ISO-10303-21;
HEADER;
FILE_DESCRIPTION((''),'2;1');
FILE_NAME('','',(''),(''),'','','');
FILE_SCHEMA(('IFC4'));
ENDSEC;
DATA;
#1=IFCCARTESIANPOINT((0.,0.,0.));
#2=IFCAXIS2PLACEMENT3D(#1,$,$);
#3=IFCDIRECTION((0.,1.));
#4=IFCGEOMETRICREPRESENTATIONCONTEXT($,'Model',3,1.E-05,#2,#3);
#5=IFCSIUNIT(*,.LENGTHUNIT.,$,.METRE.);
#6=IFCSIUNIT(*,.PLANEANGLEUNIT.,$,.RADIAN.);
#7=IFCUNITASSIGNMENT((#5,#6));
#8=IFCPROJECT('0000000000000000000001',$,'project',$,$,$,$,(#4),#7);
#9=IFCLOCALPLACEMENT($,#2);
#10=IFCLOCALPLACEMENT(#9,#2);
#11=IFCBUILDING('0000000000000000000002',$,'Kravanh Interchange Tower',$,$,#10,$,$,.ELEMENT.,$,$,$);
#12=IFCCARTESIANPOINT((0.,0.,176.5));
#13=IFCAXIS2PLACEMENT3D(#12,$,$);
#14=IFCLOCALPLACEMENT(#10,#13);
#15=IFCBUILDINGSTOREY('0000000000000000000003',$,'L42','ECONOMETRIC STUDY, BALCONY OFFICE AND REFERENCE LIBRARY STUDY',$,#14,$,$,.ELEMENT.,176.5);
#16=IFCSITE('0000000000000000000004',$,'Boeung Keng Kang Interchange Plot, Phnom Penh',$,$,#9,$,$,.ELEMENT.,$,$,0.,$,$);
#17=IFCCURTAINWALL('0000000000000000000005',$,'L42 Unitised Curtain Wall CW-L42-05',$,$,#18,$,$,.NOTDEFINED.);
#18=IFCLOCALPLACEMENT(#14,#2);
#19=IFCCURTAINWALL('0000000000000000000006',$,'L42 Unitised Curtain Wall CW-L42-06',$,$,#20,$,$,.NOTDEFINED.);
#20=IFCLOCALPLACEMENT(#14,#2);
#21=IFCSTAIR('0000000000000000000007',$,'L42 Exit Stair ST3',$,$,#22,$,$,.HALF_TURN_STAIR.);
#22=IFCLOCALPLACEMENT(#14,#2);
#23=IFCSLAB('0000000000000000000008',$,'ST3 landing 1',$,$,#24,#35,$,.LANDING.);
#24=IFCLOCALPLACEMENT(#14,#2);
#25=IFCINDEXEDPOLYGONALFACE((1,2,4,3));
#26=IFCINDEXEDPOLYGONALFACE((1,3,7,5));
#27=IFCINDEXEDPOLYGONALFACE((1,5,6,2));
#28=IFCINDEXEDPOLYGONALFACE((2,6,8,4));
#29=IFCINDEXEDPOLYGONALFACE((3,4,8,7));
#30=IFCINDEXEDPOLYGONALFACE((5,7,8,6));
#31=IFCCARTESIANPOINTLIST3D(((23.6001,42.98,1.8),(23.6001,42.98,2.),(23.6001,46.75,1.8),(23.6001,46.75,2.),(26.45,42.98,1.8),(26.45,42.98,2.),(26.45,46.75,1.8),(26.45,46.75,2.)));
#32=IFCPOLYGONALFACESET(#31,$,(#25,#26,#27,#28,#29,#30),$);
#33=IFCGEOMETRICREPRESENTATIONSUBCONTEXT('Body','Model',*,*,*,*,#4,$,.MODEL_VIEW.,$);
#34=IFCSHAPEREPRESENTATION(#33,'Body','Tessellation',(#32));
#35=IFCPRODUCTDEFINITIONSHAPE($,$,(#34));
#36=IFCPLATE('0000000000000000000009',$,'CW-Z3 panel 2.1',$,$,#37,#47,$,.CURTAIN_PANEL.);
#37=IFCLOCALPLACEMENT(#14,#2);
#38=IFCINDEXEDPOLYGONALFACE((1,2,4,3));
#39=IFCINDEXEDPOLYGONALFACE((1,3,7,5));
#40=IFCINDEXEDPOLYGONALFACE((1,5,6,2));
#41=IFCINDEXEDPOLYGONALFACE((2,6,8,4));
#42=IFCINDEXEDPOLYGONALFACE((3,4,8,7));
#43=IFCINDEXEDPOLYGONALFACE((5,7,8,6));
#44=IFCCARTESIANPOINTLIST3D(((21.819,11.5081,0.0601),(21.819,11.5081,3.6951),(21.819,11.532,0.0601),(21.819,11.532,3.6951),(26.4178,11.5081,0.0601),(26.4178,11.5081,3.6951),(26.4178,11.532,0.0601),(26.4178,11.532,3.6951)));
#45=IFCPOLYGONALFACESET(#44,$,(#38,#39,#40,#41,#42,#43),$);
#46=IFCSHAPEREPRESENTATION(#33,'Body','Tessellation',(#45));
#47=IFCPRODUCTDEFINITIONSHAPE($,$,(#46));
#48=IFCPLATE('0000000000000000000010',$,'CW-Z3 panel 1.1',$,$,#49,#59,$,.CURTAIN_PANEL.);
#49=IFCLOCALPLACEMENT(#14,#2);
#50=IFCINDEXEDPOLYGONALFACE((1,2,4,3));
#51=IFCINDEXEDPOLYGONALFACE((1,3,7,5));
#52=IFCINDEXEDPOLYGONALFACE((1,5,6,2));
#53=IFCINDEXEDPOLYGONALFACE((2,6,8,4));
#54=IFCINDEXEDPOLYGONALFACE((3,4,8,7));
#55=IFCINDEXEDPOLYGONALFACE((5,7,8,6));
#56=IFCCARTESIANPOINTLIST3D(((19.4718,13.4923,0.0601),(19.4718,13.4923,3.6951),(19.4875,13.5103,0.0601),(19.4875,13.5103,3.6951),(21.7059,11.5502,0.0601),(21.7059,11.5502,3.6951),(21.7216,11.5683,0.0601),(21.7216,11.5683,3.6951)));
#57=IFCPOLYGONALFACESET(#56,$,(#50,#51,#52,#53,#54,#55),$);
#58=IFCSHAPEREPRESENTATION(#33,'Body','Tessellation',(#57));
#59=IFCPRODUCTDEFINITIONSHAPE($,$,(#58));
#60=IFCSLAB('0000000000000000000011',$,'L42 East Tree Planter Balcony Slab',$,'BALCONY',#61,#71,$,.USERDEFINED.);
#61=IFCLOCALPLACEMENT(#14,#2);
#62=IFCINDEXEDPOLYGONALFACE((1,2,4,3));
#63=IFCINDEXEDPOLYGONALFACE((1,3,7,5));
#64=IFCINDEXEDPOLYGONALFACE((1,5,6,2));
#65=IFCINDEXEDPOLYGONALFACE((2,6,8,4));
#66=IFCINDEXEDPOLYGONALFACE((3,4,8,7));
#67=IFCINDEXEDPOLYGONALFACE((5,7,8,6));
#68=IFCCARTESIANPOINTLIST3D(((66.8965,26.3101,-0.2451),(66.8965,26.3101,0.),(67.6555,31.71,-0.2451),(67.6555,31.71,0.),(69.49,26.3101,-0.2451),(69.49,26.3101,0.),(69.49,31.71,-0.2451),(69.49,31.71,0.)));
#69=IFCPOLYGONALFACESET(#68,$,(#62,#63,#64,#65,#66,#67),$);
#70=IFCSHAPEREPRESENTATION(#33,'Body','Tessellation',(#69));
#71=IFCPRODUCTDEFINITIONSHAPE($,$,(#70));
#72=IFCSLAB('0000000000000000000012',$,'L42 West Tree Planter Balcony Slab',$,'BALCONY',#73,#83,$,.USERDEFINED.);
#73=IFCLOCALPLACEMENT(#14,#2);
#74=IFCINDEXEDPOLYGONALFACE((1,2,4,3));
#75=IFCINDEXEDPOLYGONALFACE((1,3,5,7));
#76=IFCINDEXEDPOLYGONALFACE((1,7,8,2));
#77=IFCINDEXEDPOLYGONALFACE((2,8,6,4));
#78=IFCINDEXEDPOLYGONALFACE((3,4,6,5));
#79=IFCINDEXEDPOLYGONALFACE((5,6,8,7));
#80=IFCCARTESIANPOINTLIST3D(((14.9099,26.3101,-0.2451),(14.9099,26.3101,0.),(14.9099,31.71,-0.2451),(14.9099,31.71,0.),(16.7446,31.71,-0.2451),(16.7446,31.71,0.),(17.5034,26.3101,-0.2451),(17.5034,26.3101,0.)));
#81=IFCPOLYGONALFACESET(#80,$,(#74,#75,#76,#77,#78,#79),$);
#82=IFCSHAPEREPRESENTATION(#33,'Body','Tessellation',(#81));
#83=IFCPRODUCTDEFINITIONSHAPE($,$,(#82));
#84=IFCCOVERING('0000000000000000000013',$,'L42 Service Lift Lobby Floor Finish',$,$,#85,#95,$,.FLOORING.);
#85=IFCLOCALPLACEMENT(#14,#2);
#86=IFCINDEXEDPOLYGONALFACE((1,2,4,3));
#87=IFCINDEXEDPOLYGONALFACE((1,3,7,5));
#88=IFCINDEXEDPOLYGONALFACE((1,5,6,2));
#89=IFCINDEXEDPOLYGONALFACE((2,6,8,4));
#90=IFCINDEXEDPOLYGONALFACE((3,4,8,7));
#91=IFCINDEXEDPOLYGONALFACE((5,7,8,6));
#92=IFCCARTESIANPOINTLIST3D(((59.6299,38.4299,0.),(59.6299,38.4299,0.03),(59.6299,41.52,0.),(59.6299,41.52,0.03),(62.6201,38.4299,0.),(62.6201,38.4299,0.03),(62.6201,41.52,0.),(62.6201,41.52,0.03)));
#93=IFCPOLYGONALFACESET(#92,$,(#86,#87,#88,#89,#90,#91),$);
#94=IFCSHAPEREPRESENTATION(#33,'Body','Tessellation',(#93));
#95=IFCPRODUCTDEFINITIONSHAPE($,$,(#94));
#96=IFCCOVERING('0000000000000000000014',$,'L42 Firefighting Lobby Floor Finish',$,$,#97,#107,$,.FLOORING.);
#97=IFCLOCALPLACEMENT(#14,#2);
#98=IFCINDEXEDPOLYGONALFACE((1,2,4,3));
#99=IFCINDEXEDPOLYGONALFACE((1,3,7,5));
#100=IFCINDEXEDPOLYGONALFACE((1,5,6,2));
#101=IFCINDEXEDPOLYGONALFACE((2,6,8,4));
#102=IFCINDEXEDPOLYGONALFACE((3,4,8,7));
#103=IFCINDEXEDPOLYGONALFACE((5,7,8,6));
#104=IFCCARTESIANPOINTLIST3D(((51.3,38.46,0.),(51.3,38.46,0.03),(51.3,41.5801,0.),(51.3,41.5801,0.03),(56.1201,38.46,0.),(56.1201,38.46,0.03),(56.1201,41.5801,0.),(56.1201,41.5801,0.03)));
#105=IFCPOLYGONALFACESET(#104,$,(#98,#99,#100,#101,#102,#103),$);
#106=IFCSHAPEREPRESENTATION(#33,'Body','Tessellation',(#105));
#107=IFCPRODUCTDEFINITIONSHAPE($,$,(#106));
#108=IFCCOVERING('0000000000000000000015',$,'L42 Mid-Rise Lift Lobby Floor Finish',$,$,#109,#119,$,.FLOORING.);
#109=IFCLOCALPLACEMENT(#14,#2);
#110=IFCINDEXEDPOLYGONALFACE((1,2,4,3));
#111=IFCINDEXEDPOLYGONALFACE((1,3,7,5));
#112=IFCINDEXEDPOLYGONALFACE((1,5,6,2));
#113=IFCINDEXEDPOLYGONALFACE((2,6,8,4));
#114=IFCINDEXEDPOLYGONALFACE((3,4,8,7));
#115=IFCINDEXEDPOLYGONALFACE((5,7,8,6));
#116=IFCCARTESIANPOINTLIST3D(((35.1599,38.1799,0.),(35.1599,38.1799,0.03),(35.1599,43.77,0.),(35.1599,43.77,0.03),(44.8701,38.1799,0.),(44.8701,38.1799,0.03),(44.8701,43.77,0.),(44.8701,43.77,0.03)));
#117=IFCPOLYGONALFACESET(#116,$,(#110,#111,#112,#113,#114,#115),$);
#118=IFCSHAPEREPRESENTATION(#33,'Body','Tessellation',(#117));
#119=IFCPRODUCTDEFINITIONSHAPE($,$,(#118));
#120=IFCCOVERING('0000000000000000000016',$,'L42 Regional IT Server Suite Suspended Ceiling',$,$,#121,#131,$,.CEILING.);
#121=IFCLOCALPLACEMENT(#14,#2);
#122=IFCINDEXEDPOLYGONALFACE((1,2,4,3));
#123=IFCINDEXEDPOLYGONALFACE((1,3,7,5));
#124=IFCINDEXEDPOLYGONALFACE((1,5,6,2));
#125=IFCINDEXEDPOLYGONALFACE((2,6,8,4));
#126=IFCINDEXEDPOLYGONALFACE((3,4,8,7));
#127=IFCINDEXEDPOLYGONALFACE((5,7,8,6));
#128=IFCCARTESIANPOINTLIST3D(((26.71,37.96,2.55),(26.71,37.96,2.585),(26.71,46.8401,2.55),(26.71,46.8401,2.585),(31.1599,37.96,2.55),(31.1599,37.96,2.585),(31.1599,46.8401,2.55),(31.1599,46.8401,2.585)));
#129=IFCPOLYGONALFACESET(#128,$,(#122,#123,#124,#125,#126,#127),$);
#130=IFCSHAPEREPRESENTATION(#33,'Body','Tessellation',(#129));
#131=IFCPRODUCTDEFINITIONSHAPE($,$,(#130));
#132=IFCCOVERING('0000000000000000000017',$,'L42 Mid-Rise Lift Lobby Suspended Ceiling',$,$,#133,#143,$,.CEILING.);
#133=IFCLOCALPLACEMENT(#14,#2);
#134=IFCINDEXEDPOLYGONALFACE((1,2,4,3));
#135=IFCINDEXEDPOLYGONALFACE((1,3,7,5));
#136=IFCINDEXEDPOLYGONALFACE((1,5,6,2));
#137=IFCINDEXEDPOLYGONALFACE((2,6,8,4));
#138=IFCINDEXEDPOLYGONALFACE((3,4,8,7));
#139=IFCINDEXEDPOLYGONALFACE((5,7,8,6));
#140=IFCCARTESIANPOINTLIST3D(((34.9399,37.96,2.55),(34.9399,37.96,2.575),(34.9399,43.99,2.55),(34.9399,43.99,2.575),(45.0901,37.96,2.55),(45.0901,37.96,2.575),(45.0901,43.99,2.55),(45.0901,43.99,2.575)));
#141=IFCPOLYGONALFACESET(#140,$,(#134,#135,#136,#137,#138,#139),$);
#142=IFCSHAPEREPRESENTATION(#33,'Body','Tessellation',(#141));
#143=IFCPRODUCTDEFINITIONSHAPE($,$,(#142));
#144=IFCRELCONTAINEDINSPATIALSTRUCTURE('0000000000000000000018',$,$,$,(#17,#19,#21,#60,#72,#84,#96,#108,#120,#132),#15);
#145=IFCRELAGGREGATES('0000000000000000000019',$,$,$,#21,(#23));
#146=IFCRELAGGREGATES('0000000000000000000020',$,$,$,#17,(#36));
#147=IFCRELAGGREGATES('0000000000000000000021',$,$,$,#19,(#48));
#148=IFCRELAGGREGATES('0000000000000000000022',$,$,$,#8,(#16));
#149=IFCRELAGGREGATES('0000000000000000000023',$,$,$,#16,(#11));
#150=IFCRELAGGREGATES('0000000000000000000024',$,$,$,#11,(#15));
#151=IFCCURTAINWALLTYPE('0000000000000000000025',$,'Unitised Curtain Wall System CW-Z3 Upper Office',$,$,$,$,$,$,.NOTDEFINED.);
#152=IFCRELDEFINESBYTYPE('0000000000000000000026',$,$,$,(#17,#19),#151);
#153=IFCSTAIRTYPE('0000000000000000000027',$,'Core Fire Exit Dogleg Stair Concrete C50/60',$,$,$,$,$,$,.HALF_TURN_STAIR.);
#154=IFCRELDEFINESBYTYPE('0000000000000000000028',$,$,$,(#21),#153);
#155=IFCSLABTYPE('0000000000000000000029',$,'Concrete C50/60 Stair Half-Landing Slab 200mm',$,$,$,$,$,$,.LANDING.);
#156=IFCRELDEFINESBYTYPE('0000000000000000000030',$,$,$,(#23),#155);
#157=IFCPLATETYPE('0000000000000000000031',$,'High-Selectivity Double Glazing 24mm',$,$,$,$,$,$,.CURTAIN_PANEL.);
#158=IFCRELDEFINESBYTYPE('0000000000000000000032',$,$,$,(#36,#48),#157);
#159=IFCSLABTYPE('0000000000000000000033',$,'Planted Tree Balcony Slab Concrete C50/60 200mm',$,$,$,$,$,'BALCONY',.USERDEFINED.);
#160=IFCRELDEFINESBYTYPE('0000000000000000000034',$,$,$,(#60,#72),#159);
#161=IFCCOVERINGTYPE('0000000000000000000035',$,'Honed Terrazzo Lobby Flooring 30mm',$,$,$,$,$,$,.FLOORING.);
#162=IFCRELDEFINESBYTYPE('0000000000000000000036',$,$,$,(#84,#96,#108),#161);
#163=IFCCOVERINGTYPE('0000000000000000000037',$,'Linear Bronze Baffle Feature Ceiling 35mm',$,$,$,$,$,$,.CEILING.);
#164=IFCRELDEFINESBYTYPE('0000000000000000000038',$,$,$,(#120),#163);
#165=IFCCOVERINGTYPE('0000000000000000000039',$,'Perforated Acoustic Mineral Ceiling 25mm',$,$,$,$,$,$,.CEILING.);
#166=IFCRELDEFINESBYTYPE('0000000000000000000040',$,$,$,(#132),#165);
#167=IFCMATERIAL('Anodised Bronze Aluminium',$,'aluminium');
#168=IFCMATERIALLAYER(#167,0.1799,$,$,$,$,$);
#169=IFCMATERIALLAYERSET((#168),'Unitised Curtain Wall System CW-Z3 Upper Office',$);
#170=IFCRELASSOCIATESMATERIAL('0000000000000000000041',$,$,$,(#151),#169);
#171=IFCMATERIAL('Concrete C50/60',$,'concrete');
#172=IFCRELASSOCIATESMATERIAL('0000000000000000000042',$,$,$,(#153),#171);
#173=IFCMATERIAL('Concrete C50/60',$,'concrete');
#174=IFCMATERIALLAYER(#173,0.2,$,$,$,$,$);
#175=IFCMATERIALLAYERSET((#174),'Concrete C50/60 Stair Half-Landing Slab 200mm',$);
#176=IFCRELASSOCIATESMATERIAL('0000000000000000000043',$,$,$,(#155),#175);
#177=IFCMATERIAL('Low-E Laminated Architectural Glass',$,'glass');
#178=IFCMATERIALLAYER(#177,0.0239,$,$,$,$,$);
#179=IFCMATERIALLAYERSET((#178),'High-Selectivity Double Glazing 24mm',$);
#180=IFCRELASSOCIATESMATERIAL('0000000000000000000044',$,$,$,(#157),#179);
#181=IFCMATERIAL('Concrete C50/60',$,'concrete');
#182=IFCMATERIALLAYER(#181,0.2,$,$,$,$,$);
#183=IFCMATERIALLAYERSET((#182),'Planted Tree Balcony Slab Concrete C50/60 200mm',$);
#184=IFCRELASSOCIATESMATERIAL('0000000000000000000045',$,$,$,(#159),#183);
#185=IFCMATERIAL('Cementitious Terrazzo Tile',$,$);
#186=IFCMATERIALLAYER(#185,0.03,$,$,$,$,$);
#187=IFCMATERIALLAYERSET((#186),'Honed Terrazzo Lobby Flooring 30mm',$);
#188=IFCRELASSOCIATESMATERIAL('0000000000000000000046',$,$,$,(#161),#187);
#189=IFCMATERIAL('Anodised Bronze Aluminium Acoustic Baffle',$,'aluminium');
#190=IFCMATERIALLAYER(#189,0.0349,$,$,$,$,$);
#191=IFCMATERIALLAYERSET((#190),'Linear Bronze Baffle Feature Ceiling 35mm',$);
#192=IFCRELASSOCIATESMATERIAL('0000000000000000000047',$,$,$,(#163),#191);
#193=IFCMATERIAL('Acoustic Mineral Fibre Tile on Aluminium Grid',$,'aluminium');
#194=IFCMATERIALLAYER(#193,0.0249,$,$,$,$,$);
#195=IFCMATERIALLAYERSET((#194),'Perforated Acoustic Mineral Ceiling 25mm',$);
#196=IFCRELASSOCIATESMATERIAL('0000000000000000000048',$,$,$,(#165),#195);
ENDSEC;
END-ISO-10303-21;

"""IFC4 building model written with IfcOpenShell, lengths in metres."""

from ifc_helpers import new_model, si_unit, direction, frame, origin, origin_2d, place, context, subcontext, project, spatial, polyline, rectangle, outline, extrude, material, layer, layer_set, type_object, element, aggregate, save


model = new_model("IFC4")

# Units and contexts
model_context = context("Model", 3, precision=1e-05, world=origin(), true_north=direction((0.0, 1.0)))
body_context = subcontext(model_context, "Body", "Model", "MODEL_VIEW")
ifc_project = project(units=[si_unit("LENGTHUNIT", "METRE"), si_unit("PLANEANGLEUNIT", "RADIAN")], contexts=[model_context])

# Site, building, storey
site_placement = place(None, origin())
site = spatial("IfcSite", under=ifc_project, at=site_placement, Name="Boeung Keng Kang Interchange Plot, Phnom Penh", CompositionType="ELEMENT", RefElevation=0.0)
building_placement = place(site_placement, origin())
building = spatial("IfcBuilding", under=site, at=building_placement, Name="Kravanh Interchange Tower", CompositionType="ELEMENT")
storey_placement = place(building_placement, frame((0.0, 0.0, 176.5)))
storey = spatial("IfcBuildingStorey", under=building, at=storey_placement, Name="L42", Description="ECONOMETRIC STUDY, BALCONY OFFICE AND REFERENCE LIBRARY STUDY", CompositionType="ELEMENT", Elevation=176.5)

# Curtain wall
ifc_material_1 = material(Name="Anodised Bronze Aluminium", Category="aluminium")
ifc_layer_1 = layer(ifc_material_1, 0.1799)
ifc_layer_set_1 = layer_set([ifc_layer_1], Name="Unitised Curtain Wall System CW-Z3 Upper Office")
curtain_wall_type = type_object("IfcCurtainWallType", Name="Unitised Curtain Wall System CW-Z3 Upper Office", PredefinedType="NOTDEFINED", material=ifc_layer_set_1)
curtain_wall_1_placement = place(storey_placement, origin())
curtain_wall_1 = element("IfcCurtainWall", 1, at=curtain_wall_1_placement, inside=storey, type_object=curtain_wall_type, Name="L42 Unitised Curtain Wall CW-L42-05", PredefinedType="NOTDEFINED")

# Curtain wall
curtain_wall_2_placement = place(storey_placement, origin())
curtain_wall_2 = element("IfcCurtainWall", 2, at=curtain_wall_2_placement, inside=storey, type_object=curtain_wall_type, Name="L42 Unitised Curtain Wall CW-L42-06", PredefinedType="NOTDEFINED")

# Stair, slab
ifc_material_2 = material(Name="Concrete C50/60", Category="concrete")
stair_type = type_object("IfcStairType", Name="Core Fire Exit Dogleg Stair Concrete C50/60", PredefinedType="HALF_TURN_STAIR", material=ifc_material_2)
ifc_material_3 = material(Name="Concrete C50/60", Category="concrete")
ifc_layer_2 = layer(ifc_material_3, 0.2)
ifc_layer_set_2 = layer_set([ifc_layer_2], Name="Concrete C50/60 Stair Half-Landing Slab 200mm")
slab_type_1 = type_object("IfcSlabType", Name="Concrete C50/60 Stair Half-Landing Slab 200mm", PredefinedType="LANDING", material=ifc_layer_set_2)
stair_1_placement = place(storey_placement, origin())
stair_1 = element("IfcStair", 3, at=stair_1_placement, inside=storey, type_object=stair_type, Name="L42 Exit Stair ST3", PredefinedType="HALF_TURN_STAIR")
slab_1_placement = place(storey_placement, frame((0.0, 0.0, 1.8)))
slab_1 = element("IfcSlab", 4, at=slab_1_placement, type_object=slab_type_1, Name="ST3 landing 1", PredefinedType="LANDING", context=body_context, shape_type="SweptSolid", body=[
    extrude(outline(polyline([(26.45, 42.98), (26.45, 46.75), (23.6001, 46.75), (23.6001, 42.98), (26.45, 42.98)])), origin(), (0.0, 0.0, 1.0), 0.2),
])
aggregate(stair_1, [slab_1])

# Plates
ifc_material_4 = material(Name="Low-E Laminated Architectural Glass", Category="glass")
ifc_layer_3 = layer(ifc_material_4, 0.0239)
ifc_layer_set_3 = layer_set([ifc_layer_3], Name="High-Selectivity Double Glazing 24mm")
plate_type = type_object("IfcPlateType", Name="High-Selectivity Double Glazing 24mm", PredefinedType="CURTAIN_PANEL", material=ifc_layer_set_3)
plate_1_placement = place(storey_placement, frame((24.1184, 11.52, 0.0601), z_axis=(0.0, 0.0, 1.0), x_axis=(-1.0, 0.0, 0.0)))
plate_1 = element("IfcPlate", 5, at=plate_1_placement, type_object=plate_type, Name="CW-Z3 panel 2.1", PredefinedType="CURTAIN_PANEL", context=body_context, shape_type="SweptSolid", body=[
    extrude(rectangle(XDim=4.5989, YDim=0.0239, at=origin_2d()), origin(), (0.0, 0.0, 1.0), 3.635),
])
aggregate(curtain_wall_1, [plate_1])
plate_2_placement = place(storey_placement, frame((20.5967, 12.5303, 0.0601), z_axis=(0.0, 0.0, 1.0), x_axis=(-0.754717, 0.656051, 0.0)))
plate_2 = element("IfcPlate", 6, at=plate_2_placement, type_object=plate_type, Name="CW-Z3 panel 1.1", PredefinedType="CURTAIN_PANEL", context=body_context, shape_type="SweptSolid", body=[
    extrude(rectangle(XDim=2.9602, YDim=0.0239, at=origin_2d()), origin(), (0.0, 0.0, 1.0), 3.635),
])
aggregate(curtain_wall_2, [plate_2])

# Slabs
ifc_material_5 = material(Name="Concrete C50/60", Category="concrete")
ifc_layer_4 = layer(ifc_material_5, 0.2)
ifc_layer_set_4 = layer_set([ifc_layer_4], Name="Planted Tree Balcony Slab Concrete C50/60 200mm")
slab_type_2 = type_object("IfcSlabType", Name="Planted Tree Balcony Slab Concrete C50/60 200mm", ElementType="BALCONY", PredefinedType="USERDEFINED", material=ifc_layer_set_4)
slab_2_placement = place(storey_placement, frame((0.0, 0.0, -0.2451)))
element("IfcSlab", 7, at=slab_2_placement, inside=storey, type_object=slab_type_2, Name="L42 East Tree Planter Balcony Slab", ObjectType="BALCONY", PredefinedType="USERDEFINED", context=body_context, shape_type="SweptSolid", body=[
    extrude(outline(polyline([(69.49, 31.71), (69.49, 26.3101), (66.8965, 26.3101), (67.6555, 31.71), (69.49, 31.71)])), origin(), (0.0, 0.0, 1.0), 0.2451),
])
slab_3_placement = place(storey_placement, frame((0.0, 0.0, -0.2451)))
element("IfcSlab", 8, at=slab_3_placement, inside=storey, type_object=slab_type_2, Name="L42 West Tree Planter Balcony Slab", ObjectType="BALCONY", PredefinedType="USERDEFINED", context=body_context, shape_type="SweptSolid", body=[
    extrude(outline(polyline([(14.9099, 26.3101), (14.9099, 31.71), (16.7446, 31.71), (17.5034, 26.3101), (14.9099, 26.3101)])), origin(), (0.0, 0.0, 1.0), 0.2451),
])

# Coverings
ifc_material_6 = material(Name="Cementitious Terrazzo Tile")
ifc_layer_5 = layer(ifc_material_6, 0.03)
ifc_layer_set_5 = layer_set([ifc_layer_5], Name="Honed Terrazzo Lobby Flooring 30mm")
covering_type_1 = type_object("IfcCoveringType", Name="Honed Terrazzo Lobby Flooring 30mm", PredefinedType="FLOORING", material=ifc_layer_set_5)
covering_1_placement = place(storey_placement, origin())
element("IfcCovering", 9, at=covering_1_placement, inside=storey, type_object=covering_type_1, Name="L42 Service Lift Lobby Floor Finish", PredefinedType="FLOORING", context=body_context, shape_type="SweptSolid", body=[
    extrude(outline(polyline([(59.6299, 41.52), (62.6201, 41.52), (62.6201, 38.4299), (59.6299, 38.4299), (59.6299, 41.52)])), origin(), (0.0, 0.0, 1.0), 0.03),
])
covering_2_placement = place(storey_placement, origin())
element("IfcCovering", 10, at=covering_2_placement, inside=storey, type_object=covering_type_1, Name="L42 Firefighting Lobby Floor Finish", PredefinedType="FLOORING", context=body_context, shape_type="SweptSolid", body=[
    extrude(outline(polyline([(56.1201, 38.46), (51.3, 38.46), (51.3, 41.5801), (56.1201, 41.5801), (56.1201, 38.46)])), origin(), (0.0, 0.0, 1.0), 0.03),
])
covering_3_placement = place(storey_placement, origin())
element("IfcCovering", 11, at=covering_3_placement, inside=storey, type_object=covering_type_1, Name="L42 Mid-Rise Lift Lobby Floor Finish", PredefinedType="FLOORING", context=body_context, shape_type="SweptSolid", body=[
    extrude(outline(polyline([(35.1599, 43.77), (44.8701, 43.77), (44.8701, 38.1799), (35.1599, 38.1799), (35.1599, 43.77)])), origin(), (0.0, 0.0, 1.0), 0.03),
])
ifc_material_7 = material(Name="Anodised Bronze Aluminium Acoustic Baffle", Category="aluminium")
ifc_layer_6 = layer(ifc_material_7, 0.0349)
ifc_layer_set_6 = layer_set([ifc_layer_6], Name="Linear Bronze Baffle Feature Ceiling 35mm")
covering_type_2 = type_object("IfcCoveringType", Name="Linear Bronze Baffle Feature Ceiling 35mm", PredefinedType="CEILING", material=ifc_layer_set_6)
covering_4_placement = place(storey_placement, frame((0.0, 0.0, 2.55)))
element("IfcCovering", 12, at=covering_4_placement, inside=storey, type_object=covering_type_2, Name="L42 Regional IT Server Suite Suspended Ceiling", PredefinedType="CEILING", context=body_context, shape_type="SweptSolid", body=[
    extrude(outline(polyline([(31.1599, 37.96), (26.71, 37.96), (26.71, 46.8401), (31.1599, 46.8401), (31.1599, 37.96)])), origin(), (0.0, 0.0, 1.0), 0.0349),
])
ifc_material_8 = material(Name="Acoustic Mineral Fibre Tile on Aluminium Grid", Category="aluminium")
ifc_layer_7 = layer(ifc_material_8, 0.0249)
ifc_layer_set_7 = layer_set([ifc_layer_7], Name="Perforated Acoustic Mineral Ceiling 25mm")
covering_type_3 = type_object("IfcCoveringType", Name="Perforated Acoustic Mineral Ceiling 25mm", PredefinedType="CEILING", material=ifc_layer_set_7)
covering_5_placement = place(storey_placement, frame((0.0, 0.0, 2.55)))
element("IfcCovering", 13, at=covering_5_placement, inside=storey, type_object=covering_type_3, Name="L42 Mid-Rise Lift Lobby Suspended Ceiling", PredefinedType="CEILING", context=body_context, shape_type="SweptSolid", body=[
    extrude(outline(polyline([(45.0901, 37.96), (34.9399, 37.96), (34.9399, 43.99), (45.0901, 43.99), (45.0901, 37.96)])), origin(), (0.0, 0.0, 1.0), 0.0249),
])

save(model, "model.ifc")
